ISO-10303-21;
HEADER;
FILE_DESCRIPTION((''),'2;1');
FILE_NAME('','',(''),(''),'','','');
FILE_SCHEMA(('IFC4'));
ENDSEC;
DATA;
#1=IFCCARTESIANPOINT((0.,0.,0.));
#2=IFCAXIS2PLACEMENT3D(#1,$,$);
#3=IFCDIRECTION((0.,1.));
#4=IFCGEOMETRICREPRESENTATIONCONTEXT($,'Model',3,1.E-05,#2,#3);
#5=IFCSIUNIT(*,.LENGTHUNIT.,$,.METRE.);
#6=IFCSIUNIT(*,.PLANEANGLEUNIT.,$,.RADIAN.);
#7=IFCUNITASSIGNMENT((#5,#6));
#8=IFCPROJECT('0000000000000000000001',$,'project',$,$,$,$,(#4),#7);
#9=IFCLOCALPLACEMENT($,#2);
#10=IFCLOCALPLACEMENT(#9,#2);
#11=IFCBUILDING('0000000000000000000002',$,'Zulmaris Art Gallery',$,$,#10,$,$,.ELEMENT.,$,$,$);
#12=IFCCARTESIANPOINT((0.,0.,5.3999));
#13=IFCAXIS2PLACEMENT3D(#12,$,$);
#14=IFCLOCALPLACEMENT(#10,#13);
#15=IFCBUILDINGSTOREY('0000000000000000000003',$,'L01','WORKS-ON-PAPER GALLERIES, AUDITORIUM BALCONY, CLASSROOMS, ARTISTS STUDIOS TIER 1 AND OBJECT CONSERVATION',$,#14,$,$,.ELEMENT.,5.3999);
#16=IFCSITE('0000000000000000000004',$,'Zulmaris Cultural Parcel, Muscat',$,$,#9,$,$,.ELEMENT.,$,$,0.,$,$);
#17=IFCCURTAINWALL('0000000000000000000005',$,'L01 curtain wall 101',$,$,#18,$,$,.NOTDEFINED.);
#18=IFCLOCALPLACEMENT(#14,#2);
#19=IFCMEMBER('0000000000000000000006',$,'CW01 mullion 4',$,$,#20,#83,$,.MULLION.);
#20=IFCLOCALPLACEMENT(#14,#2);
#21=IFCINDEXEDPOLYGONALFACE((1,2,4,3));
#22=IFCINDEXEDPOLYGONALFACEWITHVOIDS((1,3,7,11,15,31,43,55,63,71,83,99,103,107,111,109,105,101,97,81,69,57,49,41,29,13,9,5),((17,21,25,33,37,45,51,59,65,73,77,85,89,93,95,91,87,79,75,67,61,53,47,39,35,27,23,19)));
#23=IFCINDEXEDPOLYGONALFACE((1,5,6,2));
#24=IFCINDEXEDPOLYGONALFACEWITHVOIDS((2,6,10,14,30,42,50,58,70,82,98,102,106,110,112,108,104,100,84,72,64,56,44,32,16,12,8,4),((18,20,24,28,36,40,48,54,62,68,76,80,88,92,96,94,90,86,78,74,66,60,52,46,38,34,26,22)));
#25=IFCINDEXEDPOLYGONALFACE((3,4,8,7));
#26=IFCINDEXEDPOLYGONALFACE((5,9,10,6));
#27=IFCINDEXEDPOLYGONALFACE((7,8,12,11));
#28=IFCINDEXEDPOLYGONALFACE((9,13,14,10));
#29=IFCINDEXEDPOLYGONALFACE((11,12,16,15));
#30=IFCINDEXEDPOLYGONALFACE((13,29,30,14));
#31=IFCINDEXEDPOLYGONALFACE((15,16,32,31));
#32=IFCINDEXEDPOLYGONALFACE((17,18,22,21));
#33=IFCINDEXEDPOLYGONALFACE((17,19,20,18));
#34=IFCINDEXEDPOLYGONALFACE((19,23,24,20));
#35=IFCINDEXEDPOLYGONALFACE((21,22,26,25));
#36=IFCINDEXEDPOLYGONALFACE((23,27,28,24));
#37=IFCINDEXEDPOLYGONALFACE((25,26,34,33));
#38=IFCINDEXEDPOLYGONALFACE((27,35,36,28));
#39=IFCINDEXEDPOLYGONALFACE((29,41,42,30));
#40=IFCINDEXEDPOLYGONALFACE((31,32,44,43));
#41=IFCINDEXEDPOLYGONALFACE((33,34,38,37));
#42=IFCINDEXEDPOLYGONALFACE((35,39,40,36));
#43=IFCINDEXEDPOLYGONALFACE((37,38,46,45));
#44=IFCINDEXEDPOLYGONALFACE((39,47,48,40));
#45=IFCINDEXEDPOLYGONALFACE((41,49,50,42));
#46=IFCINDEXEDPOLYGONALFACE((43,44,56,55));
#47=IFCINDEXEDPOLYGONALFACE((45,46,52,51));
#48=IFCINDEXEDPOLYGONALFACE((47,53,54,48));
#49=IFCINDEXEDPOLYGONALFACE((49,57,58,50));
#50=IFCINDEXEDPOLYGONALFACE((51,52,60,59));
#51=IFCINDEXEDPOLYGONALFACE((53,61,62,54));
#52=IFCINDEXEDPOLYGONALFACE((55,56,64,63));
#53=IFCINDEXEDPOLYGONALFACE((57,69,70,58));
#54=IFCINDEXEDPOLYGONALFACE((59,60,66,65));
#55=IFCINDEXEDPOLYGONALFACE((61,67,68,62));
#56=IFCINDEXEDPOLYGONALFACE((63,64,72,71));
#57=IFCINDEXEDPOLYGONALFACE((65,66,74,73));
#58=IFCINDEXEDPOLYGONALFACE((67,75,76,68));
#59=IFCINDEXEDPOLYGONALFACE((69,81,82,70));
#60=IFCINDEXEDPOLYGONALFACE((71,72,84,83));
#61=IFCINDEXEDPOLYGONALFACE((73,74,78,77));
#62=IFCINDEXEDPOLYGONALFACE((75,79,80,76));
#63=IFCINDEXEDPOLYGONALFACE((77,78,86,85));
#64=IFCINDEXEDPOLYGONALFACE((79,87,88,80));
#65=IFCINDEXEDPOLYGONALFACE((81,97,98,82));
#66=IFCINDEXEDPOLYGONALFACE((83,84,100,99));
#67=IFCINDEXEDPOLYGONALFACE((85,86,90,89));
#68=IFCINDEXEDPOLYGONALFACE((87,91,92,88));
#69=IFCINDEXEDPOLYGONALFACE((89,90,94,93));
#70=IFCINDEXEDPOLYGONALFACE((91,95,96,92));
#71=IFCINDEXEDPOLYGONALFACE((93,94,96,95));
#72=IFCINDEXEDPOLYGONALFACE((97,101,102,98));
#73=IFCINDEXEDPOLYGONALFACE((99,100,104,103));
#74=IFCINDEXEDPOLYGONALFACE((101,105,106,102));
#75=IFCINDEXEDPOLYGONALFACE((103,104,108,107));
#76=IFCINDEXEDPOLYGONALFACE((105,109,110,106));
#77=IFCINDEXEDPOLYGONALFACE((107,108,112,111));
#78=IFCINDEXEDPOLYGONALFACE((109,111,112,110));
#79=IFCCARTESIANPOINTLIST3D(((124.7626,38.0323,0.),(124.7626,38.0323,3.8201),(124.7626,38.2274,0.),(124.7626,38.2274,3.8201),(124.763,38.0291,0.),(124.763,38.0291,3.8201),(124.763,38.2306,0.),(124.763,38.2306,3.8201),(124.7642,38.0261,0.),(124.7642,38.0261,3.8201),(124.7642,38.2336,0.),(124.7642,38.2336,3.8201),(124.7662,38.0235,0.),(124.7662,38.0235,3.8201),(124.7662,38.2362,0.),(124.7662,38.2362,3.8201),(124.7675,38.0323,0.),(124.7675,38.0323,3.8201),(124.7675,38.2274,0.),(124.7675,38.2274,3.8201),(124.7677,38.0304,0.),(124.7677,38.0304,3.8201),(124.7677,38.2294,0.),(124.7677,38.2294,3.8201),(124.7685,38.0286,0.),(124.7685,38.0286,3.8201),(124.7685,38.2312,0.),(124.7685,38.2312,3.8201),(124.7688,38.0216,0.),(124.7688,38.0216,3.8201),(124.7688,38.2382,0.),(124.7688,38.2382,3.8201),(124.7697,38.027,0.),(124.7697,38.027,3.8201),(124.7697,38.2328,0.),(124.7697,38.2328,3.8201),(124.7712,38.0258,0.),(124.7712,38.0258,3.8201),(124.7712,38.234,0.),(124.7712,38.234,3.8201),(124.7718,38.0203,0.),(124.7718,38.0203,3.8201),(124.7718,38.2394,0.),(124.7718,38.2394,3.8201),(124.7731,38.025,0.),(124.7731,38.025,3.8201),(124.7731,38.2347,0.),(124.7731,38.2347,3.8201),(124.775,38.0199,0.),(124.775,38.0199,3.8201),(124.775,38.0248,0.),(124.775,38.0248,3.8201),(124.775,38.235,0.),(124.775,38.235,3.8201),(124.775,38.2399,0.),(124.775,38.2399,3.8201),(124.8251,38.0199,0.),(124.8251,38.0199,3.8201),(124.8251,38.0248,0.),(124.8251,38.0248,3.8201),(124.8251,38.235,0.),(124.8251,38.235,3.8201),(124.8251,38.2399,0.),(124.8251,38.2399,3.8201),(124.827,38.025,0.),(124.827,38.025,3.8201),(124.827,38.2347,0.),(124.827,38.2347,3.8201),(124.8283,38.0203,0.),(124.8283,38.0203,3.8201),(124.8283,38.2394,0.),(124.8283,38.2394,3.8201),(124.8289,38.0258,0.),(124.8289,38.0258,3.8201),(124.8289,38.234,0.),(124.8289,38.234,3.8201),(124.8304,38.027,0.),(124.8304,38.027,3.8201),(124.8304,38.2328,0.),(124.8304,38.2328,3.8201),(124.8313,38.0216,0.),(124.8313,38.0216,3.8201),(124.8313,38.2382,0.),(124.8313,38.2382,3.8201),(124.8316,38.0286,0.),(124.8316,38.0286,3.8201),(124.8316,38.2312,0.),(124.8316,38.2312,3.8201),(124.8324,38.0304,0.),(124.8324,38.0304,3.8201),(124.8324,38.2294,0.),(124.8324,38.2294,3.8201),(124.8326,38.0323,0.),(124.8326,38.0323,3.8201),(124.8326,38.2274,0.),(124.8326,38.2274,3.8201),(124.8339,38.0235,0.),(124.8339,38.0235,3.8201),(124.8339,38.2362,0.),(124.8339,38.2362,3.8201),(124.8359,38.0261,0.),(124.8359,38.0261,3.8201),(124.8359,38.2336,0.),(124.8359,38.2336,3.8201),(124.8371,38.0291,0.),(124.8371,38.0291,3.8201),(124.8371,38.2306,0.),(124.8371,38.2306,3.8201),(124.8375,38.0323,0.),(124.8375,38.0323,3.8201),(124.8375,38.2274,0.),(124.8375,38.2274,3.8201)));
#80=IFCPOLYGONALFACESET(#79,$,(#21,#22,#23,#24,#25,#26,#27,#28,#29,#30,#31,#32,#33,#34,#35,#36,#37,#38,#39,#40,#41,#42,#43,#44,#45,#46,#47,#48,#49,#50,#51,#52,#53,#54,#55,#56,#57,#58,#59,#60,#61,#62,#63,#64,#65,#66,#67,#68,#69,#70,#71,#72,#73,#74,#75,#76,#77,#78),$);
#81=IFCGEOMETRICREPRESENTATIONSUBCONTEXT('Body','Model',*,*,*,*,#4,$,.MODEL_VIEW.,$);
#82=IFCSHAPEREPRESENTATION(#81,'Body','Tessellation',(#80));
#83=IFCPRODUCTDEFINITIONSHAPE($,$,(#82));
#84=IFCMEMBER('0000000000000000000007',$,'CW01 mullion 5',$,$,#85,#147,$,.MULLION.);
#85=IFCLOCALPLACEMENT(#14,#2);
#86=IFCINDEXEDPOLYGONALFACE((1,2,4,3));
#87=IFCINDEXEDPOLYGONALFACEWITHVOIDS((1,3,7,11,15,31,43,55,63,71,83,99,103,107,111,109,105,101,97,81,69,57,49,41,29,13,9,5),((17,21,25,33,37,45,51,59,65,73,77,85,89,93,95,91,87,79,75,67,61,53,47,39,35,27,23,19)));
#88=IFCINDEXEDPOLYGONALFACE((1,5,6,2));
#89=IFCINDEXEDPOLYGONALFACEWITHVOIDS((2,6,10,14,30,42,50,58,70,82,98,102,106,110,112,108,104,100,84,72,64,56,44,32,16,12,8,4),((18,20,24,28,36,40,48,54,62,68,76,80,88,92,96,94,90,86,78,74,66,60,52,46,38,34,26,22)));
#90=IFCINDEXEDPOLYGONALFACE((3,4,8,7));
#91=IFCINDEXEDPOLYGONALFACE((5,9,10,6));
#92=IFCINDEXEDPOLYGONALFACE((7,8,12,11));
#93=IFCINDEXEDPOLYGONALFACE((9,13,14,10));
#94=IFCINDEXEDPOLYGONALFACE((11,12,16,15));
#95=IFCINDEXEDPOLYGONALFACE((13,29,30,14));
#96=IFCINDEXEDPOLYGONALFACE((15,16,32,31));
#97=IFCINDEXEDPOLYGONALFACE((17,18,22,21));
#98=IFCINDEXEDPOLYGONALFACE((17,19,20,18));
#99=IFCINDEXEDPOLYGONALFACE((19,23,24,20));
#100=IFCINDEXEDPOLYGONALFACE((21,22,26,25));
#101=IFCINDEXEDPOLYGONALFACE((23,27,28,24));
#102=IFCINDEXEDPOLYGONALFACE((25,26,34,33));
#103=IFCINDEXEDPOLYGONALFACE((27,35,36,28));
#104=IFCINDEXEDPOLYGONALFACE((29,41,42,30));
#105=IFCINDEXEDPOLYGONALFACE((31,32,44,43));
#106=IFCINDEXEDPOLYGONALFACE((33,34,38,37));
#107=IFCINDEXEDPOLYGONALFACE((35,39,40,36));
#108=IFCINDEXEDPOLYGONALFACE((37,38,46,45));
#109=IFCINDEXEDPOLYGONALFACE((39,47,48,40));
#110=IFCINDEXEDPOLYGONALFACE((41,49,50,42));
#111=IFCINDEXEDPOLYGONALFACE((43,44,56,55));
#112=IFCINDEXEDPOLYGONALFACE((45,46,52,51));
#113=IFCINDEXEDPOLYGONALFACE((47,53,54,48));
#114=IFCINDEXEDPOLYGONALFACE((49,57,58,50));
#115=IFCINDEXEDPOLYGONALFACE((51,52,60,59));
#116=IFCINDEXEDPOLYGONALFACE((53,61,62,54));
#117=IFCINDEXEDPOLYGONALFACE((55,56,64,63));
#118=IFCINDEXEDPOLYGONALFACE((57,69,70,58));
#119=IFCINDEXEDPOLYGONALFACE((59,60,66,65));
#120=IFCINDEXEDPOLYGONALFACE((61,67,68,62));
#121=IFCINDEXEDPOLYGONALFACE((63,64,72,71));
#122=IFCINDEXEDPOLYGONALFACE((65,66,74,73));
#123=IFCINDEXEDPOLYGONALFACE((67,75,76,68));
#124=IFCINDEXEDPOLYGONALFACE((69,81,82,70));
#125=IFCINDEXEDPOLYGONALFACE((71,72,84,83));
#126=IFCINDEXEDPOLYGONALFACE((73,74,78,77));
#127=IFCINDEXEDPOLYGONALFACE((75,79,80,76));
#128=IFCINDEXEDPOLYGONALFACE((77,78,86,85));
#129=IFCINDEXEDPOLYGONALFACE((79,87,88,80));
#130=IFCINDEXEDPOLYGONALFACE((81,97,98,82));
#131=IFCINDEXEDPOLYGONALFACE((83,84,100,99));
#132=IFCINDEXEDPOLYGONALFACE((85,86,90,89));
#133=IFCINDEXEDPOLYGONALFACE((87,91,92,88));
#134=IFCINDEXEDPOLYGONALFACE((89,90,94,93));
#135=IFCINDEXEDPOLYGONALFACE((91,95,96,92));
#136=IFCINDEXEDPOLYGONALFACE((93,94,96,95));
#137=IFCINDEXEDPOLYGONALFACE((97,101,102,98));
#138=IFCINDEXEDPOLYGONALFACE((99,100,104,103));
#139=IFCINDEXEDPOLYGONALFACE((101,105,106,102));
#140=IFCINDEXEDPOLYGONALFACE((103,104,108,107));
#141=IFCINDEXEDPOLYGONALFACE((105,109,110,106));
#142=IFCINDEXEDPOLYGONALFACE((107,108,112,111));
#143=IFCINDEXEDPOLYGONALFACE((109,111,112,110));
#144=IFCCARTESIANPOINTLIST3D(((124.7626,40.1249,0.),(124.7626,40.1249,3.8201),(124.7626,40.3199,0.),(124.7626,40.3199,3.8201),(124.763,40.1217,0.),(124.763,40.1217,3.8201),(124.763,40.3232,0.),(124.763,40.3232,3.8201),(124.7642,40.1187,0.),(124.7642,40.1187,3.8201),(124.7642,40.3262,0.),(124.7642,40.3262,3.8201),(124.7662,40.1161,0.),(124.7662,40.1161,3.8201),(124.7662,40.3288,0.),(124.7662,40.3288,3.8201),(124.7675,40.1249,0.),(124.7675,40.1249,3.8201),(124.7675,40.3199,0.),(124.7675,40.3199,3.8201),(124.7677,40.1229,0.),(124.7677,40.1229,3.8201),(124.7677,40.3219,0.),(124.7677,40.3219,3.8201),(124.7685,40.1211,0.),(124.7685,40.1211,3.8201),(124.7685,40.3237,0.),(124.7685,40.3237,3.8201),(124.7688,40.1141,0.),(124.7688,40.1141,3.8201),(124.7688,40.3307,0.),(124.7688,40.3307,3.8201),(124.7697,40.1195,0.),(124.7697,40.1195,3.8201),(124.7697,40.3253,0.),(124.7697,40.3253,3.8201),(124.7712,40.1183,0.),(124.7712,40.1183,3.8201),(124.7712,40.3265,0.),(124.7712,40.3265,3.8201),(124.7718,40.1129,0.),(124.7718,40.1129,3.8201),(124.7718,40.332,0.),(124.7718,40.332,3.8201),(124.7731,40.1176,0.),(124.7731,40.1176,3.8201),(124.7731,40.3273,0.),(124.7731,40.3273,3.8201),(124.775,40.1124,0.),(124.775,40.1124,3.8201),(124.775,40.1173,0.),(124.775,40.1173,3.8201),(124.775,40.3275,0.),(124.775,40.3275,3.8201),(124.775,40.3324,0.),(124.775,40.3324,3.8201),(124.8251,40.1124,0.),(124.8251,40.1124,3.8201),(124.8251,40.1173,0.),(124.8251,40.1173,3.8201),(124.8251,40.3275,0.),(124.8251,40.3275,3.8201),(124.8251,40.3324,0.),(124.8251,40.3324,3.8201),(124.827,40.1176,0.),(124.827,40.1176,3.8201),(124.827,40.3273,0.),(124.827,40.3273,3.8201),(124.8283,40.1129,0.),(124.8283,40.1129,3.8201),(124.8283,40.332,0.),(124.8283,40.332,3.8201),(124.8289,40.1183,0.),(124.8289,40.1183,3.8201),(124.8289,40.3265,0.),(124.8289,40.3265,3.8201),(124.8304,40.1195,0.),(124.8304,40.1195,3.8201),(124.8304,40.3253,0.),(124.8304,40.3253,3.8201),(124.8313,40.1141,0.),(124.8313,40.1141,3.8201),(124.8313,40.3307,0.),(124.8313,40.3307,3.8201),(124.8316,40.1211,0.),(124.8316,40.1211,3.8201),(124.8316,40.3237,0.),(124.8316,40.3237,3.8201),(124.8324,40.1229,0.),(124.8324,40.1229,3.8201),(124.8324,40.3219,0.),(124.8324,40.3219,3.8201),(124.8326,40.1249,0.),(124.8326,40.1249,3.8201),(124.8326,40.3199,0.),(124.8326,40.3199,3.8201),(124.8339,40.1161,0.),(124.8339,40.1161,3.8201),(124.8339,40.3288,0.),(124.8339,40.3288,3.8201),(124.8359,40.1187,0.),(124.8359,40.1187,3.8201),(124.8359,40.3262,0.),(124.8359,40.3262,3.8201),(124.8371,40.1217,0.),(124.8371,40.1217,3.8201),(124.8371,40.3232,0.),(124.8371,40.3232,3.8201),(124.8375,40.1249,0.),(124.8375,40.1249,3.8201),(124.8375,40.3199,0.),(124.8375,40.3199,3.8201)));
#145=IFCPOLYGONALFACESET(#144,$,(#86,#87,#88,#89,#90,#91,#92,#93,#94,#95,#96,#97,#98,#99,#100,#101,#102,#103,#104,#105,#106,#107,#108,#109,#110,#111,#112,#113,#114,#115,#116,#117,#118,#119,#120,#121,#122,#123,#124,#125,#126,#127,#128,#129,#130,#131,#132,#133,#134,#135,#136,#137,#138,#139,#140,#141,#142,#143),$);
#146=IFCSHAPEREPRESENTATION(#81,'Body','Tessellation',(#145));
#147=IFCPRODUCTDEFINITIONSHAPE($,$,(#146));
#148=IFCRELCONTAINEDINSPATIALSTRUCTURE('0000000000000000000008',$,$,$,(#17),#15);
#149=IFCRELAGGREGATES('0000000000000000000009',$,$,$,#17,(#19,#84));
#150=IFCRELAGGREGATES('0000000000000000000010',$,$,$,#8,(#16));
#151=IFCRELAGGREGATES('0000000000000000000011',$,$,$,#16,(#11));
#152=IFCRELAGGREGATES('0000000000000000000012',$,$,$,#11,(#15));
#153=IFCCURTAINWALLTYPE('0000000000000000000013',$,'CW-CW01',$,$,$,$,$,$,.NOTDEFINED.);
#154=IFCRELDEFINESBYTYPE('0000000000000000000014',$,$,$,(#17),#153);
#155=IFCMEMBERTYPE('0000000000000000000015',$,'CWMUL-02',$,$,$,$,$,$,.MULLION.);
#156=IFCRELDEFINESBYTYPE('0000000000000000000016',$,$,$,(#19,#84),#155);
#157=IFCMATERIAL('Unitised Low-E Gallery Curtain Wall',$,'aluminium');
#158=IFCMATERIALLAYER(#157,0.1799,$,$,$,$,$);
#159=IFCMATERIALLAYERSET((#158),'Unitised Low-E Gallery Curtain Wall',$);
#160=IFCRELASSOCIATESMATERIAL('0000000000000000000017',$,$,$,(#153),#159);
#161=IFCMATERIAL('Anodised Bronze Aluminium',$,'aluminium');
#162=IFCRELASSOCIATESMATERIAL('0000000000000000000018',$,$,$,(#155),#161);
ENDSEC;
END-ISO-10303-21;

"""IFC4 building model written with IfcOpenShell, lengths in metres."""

from ifc_helpers import new_model, si_unit, direction, frame, origin, origin_2d, place, context, subcontext, project, spatial, hollow_rectangle, extrude, material, layer, layer_set, material_profile, profile_set, type_object, element, aggregate, save


model = new_model("IFC4")

# Units and contexts
model_context = context("Model", 3, precision=1e-05, world=origin(), true_north=direction((0.0, 1.0)))
body_context = subcontext(model_context, "Body", "Model", "MODEL_VIEW")
ifc_project = project(units=[si_unit("LENGTHUNIT", "METRE"), si_unit("PLANEANGLEUNIT", "RADIAN")], contexts=[model_context])

# Site, building, storey
site_placement = place(None, origin())
site = spatial("IfcSite", under=ifc_project, at=site_placement, Name="Zulmaris Cultural Parcel, Muscat", CompositionType="ELEMENT", RefElevation=0.0)
building_placement = place(site_placement, origin())
building = spatial("IfcBuilding", under=site, at=building_placement, Name="Zulmaris Art Gallery", CompositionType="ELEMENT")
storey_placement = place(building_placement, frame((0.0, 0.0, 5.3999)))
storey = spatial("IfcBuildingStorey", under=building, at=storey_placement, Name="L01", Description="WORKS-ON-PAPER GALLERIES, AUDITORIUM BALCONY, CLASSROOMS, ARTISTS STUDIOS TIER 1 AND OBJECT CONSERVATION", CompositionType="ELEMENT", Elevation=5.3999)

# Curtain wall, members
ifc_material_1 = material(Name="Unitised Low-E Gallery Curtain Wall", Category="aluminium")
ifc_layer_1 = layer(ifc_material_1, 0.1799)
ifc_layer_set_1 = layer_set([ifc_layer_1], Name="Unitised Low-E Gallery Curtain Wall")
curtain_wall_type = type_object("IfcCurtainWallType", Name="CW-CW01", PredefinedType="NOTDEFINED", material=ifc_layer_set_1)
curtain_wall_1_placement = place(storey_placement, origin())
curtain_wall_1 = element("IfcCurtainWall", 1, at=curtain_wall_1_placement, inside=storey, type_object=curtain_wall_type, Name="L01 curtain wall 101", PredefinedType="NOTDEFINED")
ifc_material_2 = material(Name="Anodised Bronze Aluminium", Category="aluminium")
ifc_material_profile_1 = material_profile(ifc_material_2, hollow_rectangle(XDim=0.075, YDim=0.22, WallThickness=0.0049, InnerFilletRadius=0.0076, OuterFilletRadius=0.0125, at=origin_2d()), Name="ALU 75x220x5")
ifc_profile_set_1 = profile_set([ifc_material_profile_1], Name="Anodised Bronze Aluminium")
member_type_1 = type_object("IfcMemberType", Name="CWMUL-02", PredefinedType="MULLION", material=ifc_profile_set_1)
member_1_placement = place(storey_placement, frame((124.8, 38.1299, 0.0), z_axis=(0.0, 0.0, 1.0), x_axis=(-1.0, 0.0, 0.0)))
member_1 = element("IfcMember", 2, at=member_1_placement, type_object=member_type_1, Name="CW01 mullion 4", PredefinedType="MULLION", context=body_context, shape_type="SweptSolid", body=[
    extrude(hollow_rectangle(XDim=0.075, YDim=0.22, WallThickness=0.0049, InnerFilletRadius=0.0076, OuterFilletRadius=0.0125, at=origin_2d()), origin(), (0.0, 0.0, 1.0), 3.8201),
])
member_2_placement = place(storey_placement, frame((124.8, 40.2224, 0.0), z_axis=(0.0, 0.0, 1.0), x_axis=(-1.0, 0.0, 0.0)))
member_2 = element("IfcMember", 3, at=member_2_placement, type_object=member_type_1, Name="CW01 mullion 5", PredefinedType="MULLION", context=body_context, shape_type="SweptSolid", body=[
    extrude(hollow_rectangle(XDim=0.075, YDim=0.22, WallThickness=0.0049, InnerFilletRadius=0.0076, OuterFilletRadius=0.0125, at=origin_2d()), origin(), (0.0, 0.0, 1.0), 3.8201),
])

aggregate(curtain_wall_1, [member_1, member_2])

save(model, "model.ifc")
